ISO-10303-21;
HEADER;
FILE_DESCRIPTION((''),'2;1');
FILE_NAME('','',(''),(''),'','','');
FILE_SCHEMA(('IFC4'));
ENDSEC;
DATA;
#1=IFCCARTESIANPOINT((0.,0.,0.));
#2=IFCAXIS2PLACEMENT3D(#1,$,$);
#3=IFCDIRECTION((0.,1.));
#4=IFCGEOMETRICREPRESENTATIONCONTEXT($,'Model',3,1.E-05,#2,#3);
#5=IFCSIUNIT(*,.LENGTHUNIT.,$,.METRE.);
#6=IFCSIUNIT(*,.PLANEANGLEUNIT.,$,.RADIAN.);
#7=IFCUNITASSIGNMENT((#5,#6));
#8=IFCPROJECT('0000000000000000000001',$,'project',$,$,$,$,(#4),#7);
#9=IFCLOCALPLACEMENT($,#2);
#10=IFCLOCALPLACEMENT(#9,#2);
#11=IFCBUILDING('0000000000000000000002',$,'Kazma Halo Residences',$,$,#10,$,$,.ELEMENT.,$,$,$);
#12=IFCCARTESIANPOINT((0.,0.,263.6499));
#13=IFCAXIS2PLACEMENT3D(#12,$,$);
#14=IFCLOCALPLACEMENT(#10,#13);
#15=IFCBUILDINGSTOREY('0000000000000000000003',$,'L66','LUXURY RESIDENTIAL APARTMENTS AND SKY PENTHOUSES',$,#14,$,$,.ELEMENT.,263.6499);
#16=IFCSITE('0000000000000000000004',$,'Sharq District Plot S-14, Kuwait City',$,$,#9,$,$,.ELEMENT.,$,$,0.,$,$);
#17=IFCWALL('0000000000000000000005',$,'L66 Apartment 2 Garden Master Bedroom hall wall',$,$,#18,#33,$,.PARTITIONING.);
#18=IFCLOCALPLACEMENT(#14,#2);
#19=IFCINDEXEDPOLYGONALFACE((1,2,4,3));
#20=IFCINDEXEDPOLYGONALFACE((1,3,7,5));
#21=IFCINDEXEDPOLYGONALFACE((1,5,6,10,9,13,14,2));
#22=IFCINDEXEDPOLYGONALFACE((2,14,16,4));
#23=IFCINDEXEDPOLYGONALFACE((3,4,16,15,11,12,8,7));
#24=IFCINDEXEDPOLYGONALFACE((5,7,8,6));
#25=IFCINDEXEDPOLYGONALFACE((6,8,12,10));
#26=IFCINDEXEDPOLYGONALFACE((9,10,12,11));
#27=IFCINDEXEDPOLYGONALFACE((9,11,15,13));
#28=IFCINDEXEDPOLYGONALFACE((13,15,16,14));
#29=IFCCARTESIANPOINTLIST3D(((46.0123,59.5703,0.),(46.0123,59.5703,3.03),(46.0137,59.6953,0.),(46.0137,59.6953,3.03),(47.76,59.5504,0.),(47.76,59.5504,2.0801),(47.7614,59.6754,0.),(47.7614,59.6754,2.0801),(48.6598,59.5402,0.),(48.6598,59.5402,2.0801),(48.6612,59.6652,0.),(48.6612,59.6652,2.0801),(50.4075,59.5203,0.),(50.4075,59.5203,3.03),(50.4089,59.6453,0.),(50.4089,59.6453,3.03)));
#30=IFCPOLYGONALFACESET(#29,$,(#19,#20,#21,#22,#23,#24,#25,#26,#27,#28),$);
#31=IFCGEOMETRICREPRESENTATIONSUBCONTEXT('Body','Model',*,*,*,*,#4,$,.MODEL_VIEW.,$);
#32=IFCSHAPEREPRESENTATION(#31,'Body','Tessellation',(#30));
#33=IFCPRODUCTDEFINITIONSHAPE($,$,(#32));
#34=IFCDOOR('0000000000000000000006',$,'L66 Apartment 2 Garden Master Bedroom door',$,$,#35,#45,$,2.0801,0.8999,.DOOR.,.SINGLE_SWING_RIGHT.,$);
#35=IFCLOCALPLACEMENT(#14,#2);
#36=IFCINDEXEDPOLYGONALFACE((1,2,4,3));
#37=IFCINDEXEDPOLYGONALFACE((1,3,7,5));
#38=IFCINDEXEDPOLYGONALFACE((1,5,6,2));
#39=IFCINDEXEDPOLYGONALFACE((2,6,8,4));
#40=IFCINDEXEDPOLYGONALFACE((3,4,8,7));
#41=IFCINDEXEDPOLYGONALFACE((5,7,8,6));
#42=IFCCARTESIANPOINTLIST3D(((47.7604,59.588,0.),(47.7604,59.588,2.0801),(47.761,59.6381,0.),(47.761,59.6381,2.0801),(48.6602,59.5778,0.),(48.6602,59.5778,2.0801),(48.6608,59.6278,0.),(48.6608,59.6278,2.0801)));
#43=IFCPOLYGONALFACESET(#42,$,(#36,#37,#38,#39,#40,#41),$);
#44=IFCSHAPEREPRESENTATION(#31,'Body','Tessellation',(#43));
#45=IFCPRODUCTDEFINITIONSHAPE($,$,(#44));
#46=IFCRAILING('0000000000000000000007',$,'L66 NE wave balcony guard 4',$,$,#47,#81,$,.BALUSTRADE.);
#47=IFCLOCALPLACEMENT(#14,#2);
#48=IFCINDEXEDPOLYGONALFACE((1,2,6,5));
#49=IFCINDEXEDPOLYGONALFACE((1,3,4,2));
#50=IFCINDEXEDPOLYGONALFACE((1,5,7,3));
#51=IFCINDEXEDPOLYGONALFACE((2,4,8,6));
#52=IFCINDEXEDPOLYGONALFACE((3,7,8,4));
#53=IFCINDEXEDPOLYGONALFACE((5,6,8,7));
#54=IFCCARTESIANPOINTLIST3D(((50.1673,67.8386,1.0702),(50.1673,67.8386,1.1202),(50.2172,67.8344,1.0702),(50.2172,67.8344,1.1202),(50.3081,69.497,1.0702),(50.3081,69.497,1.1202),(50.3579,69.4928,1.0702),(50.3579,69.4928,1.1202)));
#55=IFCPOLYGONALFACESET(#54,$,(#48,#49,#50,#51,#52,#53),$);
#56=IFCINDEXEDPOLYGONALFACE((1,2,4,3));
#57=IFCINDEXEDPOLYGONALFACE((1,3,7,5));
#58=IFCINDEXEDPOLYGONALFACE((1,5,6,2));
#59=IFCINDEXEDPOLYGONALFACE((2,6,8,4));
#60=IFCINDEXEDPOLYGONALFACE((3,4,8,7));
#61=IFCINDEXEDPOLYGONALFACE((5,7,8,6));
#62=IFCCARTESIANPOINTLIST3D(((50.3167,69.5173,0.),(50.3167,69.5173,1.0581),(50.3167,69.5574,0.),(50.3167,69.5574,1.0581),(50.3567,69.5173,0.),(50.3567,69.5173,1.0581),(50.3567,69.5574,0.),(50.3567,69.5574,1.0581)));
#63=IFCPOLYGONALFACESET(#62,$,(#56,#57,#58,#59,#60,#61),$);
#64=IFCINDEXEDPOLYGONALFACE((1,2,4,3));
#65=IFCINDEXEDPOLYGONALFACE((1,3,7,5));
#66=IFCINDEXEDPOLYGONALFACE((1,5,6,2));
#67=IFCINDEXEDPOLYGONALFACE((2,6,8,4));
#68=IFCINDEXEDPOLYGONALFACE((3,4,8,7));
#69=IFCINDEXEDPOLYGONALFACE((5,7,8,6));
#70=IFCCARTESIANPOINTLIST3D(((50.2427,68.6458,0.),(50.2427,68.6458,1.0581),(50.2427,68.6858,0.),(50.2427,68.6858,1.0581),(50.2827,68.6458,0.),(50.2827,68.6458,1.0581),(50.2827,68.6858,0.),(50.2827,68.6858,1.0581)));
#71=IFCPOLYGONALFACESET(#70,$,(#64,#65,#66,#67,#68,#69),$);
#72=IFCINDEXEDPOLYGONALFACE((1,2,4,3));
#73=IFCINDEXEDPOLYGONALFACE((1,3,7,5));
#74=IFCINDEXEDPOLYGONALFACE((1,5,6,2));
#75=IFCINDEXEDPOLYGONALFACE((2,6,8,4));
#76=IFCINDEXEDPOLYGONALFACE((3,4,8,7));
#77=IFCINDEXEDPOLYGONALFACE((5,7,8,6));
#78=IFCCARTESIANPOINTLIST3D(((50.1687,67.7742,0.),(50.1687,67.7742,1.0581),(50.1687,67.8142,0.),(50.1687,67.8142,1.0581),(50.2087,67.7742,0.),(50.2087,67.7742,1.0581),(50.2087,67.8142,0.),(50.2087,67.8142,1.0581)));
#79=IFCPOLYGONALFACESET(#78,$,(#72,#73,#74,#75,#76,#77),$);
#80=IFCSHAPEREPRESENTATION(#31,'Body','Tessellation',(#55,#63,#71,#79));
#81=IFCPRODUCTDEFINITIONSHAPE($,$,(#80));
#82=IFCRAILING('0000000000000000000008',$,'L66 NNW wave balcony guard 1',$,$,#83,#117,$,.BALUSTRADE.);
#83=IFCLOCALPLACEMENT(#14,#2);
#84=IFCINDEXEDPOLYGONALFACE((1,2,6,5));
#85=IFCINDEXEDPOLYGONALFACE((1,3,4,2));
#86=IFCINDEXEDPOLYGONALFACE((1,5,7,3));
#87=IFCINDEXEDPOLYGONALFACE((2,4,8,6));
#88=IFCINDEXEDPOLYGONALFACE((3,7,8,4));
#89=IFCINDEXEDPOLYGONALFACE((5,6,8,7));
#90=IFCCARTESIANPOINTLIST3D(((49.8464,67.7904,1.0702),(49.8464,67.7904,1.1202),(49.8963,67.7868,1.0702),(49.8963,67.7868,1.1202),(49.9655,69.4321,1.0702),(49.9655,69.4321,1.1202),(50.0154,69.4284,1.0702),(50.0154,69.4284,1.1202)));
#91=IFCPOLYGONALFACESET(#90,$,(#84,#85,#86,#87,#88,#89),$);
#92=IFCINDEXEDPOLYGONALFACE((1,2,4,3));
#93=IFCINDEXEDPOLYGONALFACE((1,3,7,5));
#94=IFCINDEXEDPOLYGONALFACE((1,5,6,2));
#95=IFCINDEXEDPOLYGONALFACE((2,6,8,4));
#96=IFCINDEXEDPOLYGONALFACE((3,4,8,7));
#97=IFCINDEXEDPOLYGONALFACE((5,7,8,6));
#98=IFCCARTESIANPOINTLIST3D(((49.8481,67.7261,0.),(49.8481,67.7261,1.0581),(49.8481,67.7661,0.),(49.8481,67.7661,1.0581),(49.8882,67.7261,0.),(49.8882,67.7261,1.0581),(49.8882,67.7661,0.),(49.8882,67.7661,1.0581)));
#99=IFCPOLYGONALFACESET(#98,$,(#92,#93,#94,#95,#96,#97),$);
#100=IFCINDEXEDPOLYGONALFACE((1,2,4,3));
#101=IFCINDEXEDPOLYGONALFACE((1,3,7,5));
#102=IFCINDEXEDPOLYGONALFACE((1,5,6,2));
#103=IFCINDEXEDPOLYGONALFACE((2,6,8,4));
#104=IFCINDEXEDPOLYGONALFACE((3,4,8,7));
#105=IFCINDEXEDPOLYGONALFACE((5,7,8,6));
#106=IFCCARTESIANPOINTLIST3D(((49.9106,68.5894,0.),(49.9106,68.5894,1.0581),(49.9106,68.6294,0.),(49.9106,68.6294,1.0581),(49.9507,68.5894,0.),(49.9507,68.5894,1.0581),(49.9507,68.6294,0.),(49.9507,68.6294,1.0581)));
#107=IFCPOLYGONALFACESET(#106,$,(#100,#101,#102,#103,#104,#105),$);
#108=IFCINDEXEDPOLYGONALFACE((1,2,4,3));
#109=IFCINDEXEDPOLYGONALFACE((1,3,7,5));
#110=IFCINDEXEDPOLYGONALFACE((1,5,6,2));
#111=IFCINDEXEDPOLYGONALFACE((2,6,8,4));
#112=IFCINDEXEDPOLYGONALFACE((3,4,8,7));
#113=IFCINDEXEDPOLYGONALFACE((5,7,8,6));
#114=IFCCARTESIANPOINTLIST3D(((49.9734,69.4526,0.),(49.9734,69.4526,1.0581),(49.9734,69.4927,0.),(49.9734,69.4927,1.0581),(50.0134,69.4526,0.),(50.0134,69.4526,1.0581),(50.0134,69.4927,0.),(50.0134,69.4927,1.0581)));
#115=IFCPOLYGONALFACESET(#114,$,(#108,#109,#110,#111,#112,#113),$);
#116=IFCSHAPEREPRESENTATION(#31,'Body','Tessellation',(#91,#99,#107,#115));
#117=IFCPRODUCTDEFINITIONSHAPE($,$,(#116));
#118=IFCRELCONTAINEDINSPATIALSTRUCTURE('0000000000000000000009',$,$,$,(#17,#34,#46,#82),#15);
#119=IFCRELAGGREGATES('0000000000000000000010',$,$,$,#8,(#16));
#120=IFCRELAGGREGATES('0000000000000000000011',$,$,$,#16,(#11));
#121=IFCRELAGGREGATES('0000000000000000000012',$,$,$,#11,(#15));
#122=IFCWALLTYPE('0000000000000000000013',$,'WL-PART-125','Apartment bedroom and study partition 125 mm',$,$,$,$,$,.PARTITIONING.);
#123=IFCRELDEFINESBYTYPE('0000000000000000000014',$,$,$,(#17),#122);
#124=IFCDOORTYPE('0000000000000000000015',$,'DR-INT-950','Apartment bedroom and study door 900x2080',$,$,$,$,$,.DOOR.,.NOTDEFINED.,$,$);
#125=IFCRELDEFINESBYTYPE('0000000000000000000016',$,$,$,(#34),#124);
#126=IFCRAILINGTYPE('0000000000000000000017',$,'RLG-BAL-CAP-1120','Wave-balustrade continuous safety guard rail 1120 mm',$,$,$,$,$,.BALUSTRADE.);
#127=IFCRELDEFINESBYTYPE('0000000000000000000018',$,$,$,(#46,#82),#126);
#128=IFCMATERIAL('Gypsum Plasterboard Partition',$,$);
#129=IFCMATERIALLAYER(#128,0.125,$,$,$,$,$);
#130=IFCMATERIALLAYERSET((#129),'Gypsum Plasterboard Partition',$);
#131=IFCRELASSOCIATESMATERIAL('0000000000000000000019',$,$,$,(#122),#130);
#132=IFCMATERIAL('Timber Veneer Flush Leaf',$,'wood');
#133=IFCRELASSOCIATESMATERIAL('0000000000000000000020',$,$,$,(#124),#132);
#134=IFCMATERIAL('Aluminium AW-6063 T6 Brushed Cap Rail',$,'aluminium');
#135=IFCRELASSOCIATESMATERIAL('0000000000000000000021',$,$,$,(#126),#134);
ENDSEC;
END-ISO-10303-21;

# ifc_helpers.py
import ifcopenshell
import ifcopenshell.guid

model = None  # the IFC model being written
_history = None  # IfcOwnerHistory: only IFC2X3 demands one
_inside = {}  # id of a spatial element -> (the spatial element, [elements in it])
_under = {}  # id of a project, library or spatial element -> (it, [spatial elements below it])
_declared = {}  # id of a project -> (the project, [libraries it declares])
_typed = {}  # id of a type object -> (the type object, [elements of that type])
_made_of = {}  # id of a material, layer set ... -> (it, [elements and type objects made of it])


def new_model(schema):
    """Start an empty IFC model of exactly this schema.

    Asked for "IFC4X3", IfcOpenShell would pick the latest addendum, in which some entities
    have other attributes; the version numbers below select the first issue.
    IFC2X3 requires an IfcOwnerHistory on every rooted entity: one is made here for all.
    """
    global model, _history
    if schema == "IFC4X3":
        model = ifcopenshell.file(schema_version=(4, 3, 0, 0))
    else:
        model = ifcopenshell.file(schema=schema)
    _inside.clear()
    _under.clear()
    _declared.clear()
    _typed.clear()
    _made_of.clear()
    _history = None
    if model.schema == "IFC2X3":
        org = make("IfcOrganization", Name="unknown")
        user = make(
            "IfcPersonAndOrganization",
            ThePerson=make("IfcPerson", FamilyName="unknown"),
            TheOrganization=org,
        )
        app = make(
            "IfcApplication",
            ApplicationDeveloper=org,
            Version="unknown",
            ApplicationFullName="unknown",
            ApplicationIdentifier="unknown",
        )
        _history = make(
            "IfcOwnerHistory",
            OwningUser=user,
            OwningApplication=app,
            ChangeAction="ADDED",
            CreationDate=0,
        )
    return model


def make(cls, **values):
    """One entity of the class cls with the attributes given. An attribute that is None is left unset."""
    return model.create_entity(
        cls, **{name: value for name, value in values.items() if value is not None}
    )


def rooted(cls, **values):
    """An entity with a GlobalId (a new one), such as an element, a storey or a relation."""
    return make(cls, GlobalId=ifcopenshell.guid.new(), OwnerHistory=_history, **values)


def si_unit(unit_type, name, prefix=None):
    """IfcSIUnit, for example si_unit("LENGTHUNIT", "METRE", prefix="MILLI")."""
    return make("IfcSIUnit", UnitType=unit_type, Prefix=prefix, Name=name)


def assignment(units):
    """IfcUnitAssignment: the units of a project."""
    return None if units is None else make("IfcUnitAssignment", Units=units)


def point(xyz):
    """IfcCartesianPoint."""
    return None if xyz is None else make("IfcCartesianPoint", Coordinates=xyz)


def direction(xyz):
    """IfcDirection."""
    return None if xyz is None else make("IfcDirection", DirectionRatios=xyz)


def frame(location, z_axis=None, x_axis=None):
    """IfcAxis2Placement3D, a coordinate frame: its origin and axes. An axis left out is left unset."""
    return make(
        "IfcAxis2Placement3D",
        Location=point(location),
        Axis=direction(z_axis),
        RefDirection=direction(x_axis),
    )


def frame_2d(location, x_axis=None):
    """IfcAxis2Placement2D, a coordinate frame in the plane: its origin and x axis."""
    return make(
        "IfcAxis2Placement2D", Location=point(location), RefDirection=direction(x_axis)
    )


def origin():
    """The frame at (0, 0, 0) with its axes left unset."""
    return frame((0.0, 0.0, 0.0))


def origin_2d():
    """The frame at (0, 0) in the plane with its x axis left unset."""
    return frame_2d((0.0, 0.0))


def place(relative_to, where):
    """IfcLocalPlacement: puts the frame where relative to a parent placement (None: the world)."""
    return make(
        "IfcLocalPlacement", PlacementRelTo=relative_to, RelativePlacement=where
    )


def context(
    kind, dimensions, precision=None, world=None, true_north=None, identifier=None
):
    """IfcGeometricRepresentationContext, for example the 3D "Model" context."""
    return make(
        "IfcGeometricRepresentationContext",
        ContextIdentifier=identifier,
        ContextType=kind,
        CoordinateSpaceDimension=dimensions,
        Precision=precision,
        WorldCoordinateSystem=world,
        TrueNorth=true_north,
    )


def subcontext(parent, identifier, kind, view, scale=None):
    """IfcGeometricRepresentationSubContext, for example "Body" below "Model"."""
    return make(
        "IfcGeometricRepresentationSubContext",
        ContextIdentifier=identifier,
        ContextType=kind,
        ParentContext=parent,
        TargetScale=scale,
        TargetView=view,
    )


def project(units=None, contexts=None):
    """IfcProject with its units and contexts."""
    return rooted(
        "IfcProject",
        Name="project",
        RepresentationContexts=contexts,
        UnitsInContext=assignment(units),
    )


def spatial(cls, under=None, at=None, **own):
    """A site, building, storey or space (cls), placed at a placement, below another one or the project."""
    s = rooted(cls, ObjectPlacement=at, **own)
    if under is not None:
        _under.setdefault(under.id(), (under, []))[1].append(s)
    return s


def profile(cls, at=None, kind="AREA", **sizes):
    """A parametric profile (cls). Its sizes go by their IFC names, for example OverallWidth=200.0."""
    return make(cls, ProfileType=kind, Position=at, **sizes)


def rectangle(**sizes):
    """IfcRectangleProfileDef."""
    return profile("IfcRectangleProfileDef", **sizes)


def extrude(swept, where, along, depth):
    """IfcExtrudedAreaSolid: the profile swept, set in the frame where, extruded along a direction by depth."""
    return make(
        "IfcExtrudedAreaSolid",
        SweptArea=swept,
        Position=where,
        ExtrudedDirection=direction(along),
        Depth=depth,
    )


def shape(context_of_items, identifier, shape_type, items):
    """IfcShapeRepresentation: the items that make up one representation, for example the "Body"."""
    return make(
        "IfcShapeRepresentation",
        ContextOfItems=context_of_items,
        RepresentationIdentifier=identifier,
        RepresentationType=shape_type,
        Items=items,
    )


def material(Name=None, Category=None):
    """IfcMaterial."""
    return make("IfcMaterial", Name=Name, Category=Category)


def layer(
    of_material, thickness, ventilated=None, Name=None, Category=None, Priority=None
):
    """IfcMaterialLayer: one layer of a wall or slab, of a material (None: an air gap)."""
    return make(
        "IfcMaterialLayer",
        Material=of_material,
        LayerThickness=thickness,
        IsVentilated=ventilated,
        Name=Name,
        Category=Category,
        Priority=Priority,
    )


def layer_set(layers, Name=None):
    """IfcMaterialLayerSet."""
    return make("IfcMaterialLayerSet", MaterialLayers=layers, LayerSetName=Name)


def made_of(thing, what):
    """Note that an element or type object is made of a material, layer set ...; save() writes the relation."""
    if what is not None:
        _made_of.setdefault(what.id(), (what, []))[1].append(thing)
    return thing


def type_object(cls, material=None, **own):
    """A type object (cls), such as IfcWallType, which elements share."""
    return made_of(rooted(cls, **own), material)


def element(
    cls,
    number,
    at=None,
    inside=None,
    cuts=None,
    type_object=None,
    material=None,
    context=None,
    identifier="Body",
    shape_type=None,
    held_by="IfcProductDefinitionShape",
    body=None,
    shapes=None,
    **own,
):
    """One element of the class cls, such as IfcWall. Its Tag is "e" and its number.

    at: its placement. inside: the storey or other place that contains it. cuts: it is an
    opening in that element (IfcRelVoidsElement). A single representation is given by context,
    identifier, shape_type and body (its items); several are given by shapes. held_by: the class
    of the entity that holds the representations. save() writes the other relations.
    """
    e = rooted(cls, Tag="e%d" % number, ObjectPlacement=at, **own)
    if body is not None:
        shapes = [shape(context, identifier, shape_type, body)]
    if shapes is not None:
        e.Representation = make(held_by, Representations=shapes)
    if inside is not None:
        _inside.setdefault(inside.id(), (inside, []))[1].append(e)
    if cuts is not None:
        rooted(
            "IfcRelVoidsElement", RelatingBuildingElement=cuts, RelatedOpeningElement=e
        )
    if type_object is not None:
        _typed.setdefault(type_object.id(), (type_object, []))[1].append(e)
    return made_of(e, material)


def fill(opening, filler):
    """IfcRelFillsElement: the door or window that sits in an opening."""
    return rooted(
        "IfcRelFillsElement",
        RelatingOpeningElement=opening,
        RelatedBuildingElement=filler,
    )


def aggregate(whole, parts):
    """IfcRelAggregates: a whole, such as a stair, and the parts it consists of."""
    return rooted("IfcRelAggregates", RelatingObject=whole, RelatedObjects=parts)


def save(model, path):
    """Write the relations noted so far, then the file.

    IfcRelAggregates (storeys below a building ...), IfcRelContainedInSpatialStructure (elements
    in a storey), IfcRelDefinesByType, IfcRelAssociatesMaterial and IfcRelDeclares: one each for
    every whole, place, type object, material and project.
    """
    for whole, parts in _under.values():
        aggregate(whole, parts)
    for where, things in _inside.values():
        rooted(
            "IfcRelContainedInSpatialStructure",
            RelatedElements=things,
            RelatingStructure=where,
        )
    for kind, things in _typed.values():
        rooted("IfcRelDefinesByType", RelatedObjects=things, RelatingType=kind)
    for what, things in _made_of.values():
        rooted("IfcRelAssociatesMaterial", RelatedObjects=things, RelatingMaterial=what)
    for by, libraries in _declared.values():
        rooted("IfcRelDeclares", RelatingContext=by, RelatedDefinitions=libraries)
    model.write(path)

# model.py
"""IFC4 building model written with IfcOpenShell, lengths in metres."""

from ifc_helpers import new_model, si_unit, direction, frame, frame_2d, origin, origin_2d, place, context, subcontext, project, spatial, rectangle, extrude, material, layer, layer_set, type_object, element, fill, save


model = new_model("IFC4")

# Units and contexts
model_context = context("Model", 3, precision=1e-05, world=origin(), true_north=direction((0.0, 1.0)))
body_context = subcontext(model_context, "Body", "Model", "MODEL_VIEW")
ifc_project = project(units=[si_unit("LENGTHUNIT", "METRE"), si_unit("PLANEANGLEUNIT", "RADIAN")], contexts=[model_context])

# Site, building, storey
site_placement = place(None, origin())
site = spatial("IfcSite", under=ifc_project, at=site_placement, Name="Sharq District Plot S-14, Kuwait City", CompositionType="ELEMENT", RefElevation=0.0)
building_placement = place(site_placement, origin())
building = spatial("IfcBuilding", under=site, at=building_placement, Name="Kazma Halo Residences", CompositionType="ELEMENT")
storey_placement = place(building_placement, frame((0.0, 0.0, 263.6499)))
storey = spatial("IfcBuildingStorey", under=building, at=storey_placement, Name="L66", Description="LUXURY RESIDENTIAL APARTMENTS AND SKY PENTHOUSES", CompositionType="ELEMENT", Elevation=263.6499)

# Shared definitions
ifc_material_1 = material(Name="Gypsum Plasterboard Partition")
ifc_layer_1 = layer(ifc_material_1, 0.125)
ifc_layer_set_1 = layer_set([ifc_layer_1], Name="Gypsum Plasterboard Partition")
wall_type_1 = type_object("IfcWallType", Name="WL-PART-125", Description="Apartment bedroom and study partition 125 mm", PredefinedType="PARTITIONING", material=ifc_layer_set_1)

# Wall, opening, door
wall_1_placement = place(storey_placement, frame((50.4082, 59.5828, 0.0), z_axis=(0.0, 0.0, 1.0), x_axis=(-0.999935, 0.011386, 0.0)))
wall_1 = element("IfcWall", 1, at=wall_1_placement, inside=storey, type_object=wall_type_1, Name="L66 Apartment 2 Garden Master Bedroom hall wall", PredefinedType="PARTITIONING", context=body_context, shape_type="SweptSolid", body=[
    extrude(rectangle(XDim=4.3955, YDim=0.125, at=frame_2d((2.1978, 0.0))), origin(), (0.0, 0.0, 1.0), 3.03),
])
opening_1_placement = place(wall_1_placement, frame((1.7478, 0.0, 0.0)))
opening_1 = element("IfcOpeningElement", 2, at=opening_1_placement, cuts=wall_1, PredefinedType="OPENING", context=body_context, shape_type="SweptSolid", body=[
    extrude(rectangle(XDim=0.8999, YDim=2.0801, at=frame_2d((0.45, 1.04))), frame((0.0, 0.0725, 0.0), z_axis=(0.0, -1.0, 0.0), x_axis=(1.0, 0.0, 0.0)), (0.0, 0.0, 1.0), 0.145),
])
ifc_material_2 = material(Name="Timber Veneer Flush Leaf", Category="wood")
door_type_1 = type_object("IfcDoorType", Name="DR-INT-950", Description="Apartment bedroom and study door 900x2080", OperationType="NOTDEFINED", PredefinedType="DOOR", material=ifc_material_2)
door_1_placement = place(opening_1_placement, origin())
door_1 = element("IfcDoor", 3, at=door_1_placement, inside=storey, type_object=door_type_1, Name="L66 Apartment 2 Garden Master Bedroom door", OperationType="SINGLE_SWING_RIGHT", OverallHeight=2.0801, OverallWidth=0.8999, PredefinedType="DOOR", context=body_context, shape_type="SweptSolid", body=[
    extrude(rectangle(XDim=0.8999, YDim=2.0801, at=frame_2d((0.45, 1.04))), frame((0.0, 0.0249, 0.0), z_axis=(0.0, -1.0, 0.0), x_axis=(1.0, 0.0, 0.0)), (0.0, 0.0, 1.0), 0.05),
])
fill(opening_1, door_1)

# Railings
ifc_material_3 = material(Name="Aluminium AW-6063 T6 Brushed Cap Rail", Category="aluminium")
railing_type = type_object("IfcRailingType", Name="RLG-BAL-CAP-1120", Description="Wave-balustrade continuous safety guard rail 1120 mm", PredefinedType="BALUSTRADE", material=ifc_material_3)
railing_1_placement = place(storey_placement, frame((50.3367, 69.5374, 0.0)))
element("IfcRailing", 4, at=railing_1_placement, inside=storey, type_object=railing_type, Name="L66 NE wave balcony guard 4", PredefinedType="BALUSTRADE", context=body_context, shape_type="SweptSolid", body=[
    extrude(rectangle(XDim=0.05, YDim=0.05, at=origin_2d()), frame((-0.0037, -0.0425, 1.0952), z_axis=(-0.08457, -0.996418, 0.0), x_axis=(0.996418, -0.08457, 0.0)), (0.0, 0.0, 1.0), 1.6643),
    extrude(rectangle(XDim=0.04, YDim=0.04, at=origin_2d()), origin(), (0.0, 0.0, 1.0), 1.0581),
    extrude(rectangle(XDim=0.04, YDim=0.04, at=origin_2d()), frame((-0.074, -0.8716, 0.0)), (0.0, 0.0, 1.0), 1.0581),
    extrude(rectangle(XDim=0.04, YDim=0.04, at=origin_2d()), frame((-0.1479, -1.7432, 0.0)), (0.0, 0.0, 1.0), 1.0581),
])
railing_2_placement = place(storey_placement, frame((49.8682, 67.7461, 0.0)))
element("IfcRailing", 5, at=railing_2_placement, inside=storey, type_object=railing_type, Name="L66 NNW wave balcony guard 1", PredefinedType="BALUSTRADE", context=body_context, shape_type="SweptSolid", body=[
    extrude(rectangle(XDim=0.05, YDim=0.05, at=origin_2d()), frame((0.0032, 0.0425, 1.0952), z_axis=(0.072349, 0.997379, 0.0), x_axis=(-0.997379, 0.072349, 0.0)), (0.0, 0.0, 1.0), 1.646),
    extrude(rectangle(XDim=0.04, YDim=0.04, at=origin_2d()), origin(), (0.0, 0.0, 1.0), 1.0581),
    extrude(rectangle(XDim=0.04, YDim=0.04, at=origin_2d()), frame((0.0625, 0.8633, 0.0)), (0.0, 0.0, 1.0), 1.0581),
    extrude(rectangle(XDim=0.04, YDim=0.04, at=origin_2d()), frame((0.1252, 1.7266, 0.0)), (0.0, 0.0, 1.0), 1.0581),
])

save(model, "model.ifc")
